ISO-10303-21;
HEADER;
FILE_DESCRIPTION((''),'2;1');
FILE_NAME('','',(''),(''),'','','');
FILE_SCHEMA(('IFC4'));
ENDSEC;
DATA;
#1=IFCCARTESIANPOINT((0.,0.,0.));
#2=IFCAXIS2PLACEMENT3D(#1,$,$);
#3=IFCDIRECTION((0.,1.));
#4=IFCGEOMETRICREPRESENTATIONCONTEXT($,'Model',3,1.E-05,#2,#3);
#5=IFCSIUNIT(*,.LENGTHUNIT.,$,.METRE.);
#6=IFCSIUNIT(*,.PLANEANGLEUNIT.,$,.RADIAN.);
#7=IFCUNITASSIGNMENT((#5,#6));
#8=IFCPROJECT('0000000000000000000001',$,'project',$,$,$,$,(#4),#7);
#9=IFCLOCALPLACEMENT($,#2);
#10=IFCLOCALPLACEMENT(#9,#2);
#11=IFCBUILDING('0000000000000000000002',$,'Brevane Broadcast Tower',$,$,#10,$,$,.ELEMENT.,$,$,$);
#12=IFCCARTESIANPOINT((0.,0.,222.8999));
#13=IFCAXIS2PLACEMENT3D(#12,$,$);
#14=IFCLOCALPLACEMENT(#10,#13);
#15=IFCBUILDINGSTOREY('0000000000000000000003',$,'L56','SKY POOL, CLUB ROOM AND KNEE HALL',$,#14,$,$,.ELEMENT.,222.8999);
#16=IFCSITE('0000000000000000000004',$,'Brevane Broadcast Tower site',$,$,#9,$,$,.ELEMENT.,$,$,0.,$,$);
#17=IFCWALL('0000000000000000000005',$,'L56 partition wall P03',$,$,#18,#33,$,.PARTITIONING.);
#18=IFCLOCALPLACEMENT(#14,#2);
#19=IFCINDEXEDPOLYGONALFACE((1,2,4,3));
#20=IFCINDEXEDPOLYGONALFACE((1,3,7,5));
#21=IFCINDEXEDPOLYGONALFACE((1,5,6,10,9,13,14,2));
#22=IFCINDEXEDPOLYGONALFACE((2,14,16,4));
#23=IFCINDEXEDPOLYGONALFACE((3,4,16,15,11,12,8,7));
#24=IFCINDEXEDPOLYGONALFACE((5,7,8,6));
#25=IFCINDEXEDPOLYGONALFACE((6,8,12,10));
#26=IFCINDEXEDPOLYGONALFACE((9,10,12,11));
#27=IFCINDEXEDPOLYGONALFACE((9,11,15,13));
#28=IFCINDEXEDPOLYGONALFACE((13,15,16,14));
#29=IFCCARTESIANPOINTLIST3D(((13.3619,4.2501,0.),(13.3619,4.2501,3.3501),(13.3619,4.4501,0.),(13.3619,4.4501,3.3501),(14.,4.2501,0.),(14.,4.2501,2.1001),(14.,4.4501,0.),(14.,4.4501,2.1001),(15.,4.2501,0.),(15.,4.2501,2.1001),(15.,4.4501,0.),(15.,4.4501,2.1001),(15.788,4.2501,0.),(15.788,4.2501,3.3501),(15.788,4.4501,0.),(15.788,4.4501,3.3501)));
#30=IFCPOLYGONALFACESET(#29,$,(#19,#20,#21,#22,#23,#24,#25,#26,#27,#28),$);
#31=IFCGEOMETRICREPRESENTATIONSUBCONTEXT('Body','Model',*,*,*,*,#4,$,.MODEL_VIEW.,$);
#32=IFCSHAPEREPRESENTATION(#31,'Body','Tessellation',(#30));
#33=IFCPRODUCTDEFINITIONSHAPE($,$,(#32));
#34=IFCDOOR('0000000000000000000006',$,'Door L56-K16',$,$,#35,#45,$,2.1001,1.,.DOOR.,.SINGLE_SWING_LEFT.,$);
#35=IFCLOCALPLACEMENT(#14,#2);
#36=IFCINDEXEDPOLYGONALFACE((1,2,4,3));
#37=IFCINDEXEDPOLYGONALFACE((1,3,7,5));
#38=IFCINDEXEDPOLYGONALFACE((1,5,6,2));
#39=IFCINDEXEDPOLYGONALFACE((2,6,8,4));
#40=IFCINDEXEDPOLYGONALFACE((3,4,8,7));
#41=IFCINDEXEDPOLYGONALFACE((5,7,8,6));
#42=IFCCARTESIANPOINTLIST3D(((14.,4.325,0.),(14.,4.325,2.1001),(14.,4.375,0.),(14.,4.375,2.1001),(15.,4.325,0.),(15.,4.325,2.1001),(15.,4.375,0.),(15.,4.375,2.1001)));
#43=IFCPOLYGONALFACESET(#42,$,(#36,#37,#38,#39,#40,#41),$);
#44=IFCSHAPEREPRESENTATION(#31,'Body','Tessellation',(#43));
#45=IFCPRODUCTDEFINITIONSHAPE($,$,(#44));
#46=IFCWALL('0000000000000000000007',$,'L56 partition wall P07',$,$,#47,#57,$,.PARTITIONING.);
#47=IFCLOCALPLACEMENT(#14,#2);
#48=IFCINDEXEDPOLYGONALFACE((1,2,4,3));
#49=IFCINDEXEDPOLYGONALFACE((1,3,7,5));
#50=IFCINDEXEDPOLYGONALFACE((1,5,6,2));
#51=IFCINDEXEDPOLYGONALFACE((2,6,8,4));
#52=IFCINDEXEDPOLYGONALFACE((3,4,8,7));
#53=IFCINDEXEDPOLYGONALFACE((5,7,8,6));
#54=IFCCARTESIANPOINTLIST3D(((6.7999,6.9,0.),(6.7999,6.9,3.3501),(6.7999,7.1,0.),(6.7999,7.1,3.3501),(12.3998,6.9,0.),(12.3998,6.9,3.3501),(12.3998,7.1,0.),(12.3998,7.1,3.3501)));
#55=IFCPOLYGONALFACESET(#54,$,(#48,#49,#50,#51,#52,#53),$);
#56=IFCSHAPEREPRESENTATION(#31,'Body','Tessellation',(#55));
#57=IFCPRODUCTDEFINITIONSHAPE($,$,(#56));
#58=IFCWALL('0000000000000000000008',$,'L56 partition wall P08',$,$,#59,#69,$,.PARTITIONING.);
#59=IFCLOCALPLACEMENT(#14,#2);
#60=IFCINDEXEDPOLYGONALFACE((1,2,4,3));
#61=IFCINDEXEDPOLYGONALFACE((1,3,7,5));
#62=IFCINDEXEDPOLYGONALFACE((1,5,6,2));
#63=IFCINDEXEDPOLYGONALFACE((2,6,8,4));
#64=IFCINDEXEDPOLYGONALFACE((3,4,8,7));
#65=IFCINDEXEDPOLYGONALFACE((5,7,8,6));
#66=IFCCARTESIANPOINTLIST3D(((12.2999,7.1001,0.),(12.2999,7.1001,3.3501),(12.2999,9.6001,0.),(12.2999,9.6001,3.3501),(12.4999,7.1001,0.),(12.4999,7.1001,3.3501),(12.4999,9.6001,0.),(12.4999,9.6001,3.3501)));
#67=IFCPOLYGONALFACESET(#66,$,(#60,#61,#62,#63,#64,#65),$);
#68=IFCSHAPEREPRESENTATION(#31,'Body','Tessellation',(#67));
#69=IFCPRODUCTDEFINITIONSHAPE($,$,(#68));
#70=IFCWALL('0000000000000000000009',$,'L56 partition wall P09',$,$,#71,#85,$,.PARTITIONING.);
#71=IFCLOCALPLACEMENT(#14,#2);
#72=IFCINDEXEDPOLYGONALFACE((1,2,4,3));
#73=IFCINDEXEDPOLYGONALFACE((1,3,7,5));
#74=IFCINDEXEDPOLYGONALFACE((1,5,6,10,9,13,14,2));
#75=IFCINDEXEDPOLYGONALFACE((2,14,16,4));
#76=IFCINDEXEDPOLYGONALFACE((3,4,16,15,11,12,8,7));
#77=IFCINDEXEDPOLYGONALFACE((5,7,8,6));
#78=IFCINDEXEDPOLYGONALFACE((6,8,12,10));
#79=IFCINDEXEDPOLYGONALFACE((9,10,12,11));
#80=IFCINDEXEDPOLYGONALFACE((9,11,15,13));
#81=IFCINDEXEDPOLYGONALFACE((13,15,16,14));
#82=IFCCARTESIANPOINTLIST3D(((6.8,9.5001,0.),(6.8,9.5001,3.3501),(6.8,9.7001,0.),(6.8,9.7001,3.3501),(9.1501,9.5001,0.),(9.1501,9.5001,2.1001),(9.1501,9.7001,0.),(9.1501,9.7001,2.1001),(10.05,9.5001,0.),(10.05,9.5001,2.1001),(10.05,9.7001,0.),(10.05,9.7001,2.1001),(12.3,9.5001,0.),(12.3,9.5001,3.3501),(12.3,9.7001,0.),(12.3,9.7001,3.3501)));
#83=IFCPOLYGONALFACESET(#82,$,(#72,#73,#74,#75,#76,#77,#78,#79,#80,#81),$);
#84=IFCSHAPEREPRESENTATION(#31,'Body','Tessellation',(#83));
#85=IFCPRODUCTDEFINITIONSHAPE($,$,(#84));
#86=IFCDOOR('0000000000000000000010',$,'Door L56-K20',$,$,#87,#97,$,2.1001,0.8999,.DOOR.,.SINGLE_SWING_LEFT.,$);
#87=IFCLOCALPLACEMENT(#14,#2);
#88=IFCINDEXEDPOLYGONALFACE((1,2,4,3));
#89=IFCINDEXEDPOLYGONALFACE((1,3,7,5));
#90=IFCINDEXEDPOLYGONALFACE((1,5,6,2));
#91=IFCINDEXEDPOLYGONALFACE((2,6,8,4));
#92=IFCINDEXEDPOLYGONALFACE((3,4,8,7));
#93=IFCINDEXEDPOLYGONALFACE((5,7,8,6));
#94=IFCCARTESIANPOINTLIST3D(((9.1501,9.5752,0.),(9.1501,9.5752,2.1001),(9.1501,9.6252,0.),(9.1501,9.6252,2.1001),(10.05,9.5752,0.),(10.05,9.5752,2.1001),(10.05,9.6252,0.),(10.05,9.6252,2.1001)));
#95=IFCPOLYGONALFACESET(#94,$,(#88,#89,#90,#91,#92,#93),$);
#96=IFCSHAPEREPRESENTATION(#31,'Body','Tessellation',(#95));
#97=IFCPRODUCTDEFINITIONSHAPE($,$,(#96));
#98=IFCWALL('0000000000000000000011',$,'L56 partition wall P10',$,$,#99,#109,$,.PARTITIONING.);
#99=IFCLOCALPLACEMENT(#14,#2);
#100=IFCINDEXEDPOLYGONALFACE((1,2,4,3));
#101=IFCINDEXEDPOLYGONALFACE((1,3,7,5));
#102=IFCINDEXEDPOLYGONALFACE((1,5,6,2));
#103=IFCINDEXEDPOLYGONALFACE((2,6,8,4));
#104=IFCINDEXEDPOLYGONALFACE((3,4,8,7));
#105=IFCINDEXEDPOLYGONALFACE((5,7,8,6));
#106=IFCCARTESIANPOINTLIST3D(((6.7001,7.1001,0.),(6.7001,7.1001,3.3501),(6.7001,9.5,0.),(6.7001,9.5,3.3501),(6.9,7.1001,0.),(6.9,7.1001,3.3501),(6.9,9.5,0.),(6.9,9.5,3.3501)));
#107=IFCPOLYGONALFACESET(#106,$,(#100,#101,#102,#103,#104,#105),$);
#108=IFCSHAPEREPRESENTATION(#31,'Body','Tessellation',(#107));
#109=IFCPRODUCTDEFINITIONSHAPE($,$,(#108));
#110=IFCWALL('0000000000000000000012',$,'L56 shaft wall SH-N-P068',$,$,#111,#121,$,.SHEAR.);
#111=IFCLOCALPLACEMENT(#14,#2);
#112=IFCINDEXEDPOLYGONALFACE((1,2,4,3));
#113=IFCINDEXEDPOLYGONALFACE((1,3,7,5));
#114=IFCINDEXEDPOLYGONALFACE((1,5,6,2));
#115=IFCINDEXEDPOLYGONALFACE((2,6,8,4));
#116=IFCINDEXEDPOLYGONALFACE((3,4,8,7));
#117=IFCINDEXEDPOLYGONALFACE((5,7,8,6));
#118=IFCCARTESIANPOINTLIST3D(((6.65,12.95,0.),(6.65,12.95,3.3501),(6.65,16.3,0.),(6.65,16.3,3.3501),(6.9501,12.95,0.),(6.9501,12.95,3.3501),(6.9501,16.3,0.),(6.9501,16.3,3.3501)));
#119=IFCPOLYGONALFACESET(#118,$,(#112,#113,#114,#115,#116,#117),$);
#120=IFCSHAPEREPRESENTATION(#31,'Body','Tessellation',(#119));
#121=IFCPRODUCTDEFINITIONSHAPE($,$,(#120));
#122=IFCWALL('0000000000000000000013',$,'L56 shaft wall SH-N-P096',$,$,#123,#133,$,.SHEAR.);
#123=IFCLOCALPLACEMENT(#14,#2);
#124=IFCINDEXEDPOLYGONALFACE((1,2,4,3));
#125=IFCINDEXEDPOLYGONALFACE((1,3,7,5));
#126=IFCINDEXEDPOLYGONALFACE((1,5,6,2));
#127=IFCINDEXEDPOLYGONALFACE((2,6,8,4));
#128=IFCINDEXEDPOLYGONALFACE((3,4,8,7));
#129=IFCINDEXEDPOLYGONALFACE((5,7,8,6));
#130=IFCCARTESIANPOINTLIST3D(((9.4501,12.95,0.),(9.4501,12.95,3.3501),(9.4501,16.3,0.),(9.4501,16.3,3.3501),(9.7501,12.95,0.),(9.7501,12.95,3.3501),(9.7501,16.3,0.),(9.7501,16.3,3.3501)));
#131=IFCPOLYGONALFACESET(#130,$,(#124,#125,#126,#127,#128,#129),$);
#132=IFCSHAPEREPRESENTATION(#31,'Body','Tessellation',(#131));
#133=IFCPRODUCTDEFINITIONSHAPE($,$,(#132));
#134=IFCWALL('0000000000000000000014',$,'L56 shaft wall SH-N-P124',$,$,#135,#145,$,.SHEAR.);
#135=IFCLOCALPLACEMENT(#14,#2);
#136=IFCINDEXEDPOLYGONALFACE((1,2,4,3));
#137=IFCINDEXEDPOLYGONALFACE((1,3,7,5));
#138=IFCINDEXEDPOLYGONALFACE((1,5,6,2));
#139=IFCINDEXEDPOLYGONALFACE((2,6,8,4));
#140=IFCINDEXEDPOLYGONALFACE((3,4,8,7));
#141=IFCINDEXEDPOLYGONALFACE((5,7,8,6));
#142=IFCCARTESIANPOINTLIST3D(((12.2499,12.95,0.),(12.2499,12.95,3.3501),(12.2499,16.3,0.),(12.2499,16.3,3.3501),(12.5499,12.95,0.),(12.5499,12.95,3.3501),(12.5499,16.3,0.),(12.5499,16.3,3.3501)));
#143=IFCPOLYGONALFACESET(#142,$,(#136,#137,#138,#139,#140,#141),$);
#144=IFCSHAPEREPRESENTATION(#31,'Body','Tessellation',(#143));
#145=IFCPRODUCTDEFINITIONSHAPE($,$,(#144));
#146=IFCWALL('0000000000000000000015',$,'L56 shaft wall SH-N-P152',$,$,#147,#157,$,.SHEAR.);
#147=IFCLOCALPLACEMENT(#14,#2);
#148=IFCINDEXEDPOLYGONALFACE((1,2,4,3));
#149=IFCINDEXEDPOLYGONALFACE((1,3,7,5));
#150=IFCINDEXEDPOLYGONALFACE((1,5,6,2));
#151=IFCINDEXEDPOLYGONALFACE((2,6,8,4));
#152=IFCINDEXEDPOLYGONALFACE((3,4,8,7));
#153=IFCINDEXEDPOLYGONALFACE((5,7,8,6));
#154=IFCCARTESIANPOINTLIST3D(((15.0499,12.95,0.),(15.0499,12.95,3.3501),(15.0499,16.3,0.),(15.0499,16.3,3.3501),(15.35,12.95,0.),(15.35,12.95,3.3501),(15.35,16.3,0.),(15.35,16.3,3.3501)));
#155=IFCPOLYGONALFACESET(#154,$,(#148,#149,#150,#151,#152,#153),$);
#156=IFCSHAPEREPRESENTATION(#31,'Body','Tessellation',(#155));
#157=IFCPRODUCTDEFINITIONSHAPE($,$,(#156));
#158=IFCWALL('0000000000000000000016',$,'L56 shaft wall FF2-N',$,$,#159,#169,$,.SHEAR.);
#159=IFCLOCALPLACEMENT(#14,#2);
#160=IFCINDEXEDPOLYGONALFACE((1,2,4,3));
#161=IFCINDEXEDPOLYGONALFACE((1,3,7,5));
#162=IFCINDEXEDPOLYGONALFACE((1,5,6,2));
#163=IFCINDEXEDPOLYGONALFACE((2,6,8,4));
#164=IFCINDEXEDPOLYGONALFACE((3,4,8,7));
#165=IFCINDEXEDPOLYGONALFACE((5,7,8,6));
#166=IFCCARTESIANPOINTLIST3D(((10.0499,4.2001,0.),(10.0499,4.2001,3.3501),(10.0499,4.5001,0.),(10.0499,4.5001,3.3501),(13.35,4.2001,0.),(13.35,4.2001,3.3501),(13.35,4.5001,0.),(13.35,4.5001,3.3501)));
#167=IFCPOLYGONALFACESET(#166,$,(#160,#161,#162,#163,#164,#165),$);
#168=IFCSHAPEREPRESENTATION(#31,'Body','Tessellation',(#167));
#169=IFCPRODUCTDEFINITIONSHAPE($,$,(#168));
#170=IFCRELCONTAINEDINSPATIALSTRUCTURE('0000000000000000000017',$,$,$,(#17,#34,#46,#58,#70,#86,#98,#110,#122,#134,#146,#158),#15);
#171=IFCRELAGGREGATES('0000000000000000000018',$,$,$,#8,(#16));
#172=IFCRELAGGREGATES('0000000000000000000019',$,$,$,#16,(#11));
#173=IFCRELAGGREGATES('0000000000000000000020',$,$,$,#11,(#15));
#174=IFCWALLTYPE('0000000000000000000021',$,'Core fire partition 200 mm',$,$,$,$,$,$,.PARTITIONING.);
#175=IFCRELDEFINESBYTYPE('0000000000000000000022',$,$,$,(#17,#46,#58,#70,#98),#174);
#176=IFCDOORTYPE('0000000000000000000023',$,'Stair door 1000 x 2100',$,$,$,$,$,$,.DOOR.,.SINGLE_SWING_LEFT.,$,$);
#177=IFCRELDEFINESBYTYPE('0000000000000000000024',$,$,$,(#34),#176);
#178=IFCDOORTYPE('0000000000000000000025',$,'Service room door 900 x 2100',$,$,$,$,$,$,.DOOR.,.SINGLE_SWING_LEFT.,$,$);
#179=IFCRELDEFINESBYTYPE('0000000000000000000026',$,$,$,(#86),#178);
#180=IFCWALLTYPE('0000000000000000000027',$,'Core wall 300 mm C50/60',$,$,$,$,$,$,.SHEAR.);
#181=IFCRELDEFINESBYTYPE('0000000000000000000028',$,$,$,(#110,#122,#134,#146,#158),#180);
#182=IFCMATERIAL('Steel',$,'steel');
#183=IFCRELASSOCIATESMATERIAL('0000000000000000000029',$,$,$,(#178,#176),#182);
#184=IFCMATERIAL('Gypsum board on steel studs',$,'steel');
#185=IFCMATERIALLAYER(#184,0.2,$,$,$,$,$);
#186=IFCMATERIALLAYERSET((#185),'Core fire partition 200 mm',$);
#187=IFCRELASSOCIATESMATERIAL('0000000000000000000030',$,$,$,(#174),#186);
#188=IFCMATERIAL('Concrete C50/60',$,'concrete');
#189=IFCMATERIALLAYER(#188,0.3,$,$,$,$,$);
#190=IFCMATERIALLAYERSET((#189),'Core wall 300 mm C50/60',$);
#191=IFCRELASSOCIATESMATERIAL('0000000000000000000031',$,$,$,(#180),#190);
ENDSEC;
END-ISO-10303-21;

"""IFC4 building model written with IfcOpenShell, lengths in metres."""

from ifc_helpers import new_model, si_unit, direction, frame, frame_2d, origin, place, context, subcontext, project, spatial, rectangle, extrude, material, layer, layer_set, type_object, element, fill, save


model = new_model("IFC4")

# Units and contexts
model_context = context("Model", 3, precision=1e-05, world=origin(), true_north=direction((0.0, 1.0)))
body_context = subcontext(model_context, "Body", "Model", "MODEL_VIEW")
ifc_project = project(units=[si_unit("LENGTHUNIT", "METRE"), si_unit("PLANEANGLEUNIT", "RADIAN")], contexts=[model_context])

# Site, building, storey
site_placement = place(None, origin())
site = spatial("IfcSite", under=ifc_project, at=site_placement, Name="Brevane Broadcast Tower site", CompositionType="ELEMENT", RefElevation=0.0)
building_placement = place(site_placement, origin())
building = spatial("IfcBuilding", under=site, at=building_placement, Name="Brevane Broadcast Tower", CompositionType="ELEMENT")
storey_placement = place(building_placement, frame((0.0, 0.0, 222.8999)))
storey = spatial("IfcBuildingStorey", under=building, at=storey_placement, Name="L56", Description="SKY POOL, CLUB ROOM AND KNEE HALL", CompositionType="ELEMENT", Elevation=222.8999)

# Shared definitions
ifc_material_1 = material(Name="Gypsum board on steel studs", Category="steel")

# Shared definitions
ifc_material_2 = material(Name="Steel", Category="steel")
door_type_1 = type_object("IfcDoorType", Name="Service room door 900 x 2100", OperationType="SINGLE_SWING_LEFT", PredefinedType="DOOR", material=ifc_material_2)

# Wall, opening, door
ifc_layer_1 = layer(ifc_material_1, 0.2)
ifc_layer_set_1 = layer_set([ifc_layer_1], Name="Core fire partition 200 mm")
wall_type_1 = type_object("IfcWallType", Name="Core fire partition 200 mm", PredefinedType="PARTITIONING", material=ifc_layer_set_1)
wall_1_placement = place(storey_placement, frame((13.3621, 4.3501, 0.0), z_axis=(0.0, 0.0, 1.0), x_axis=(1.0, 0.0, 0.0)))
wall_1 = element("IfcWall", 1, at=wall_1_placement, inside=storey, type_object=wall_type_1, Name="L56 partition wall P03", PredefinedType="PARTITIONING", context=body_context, shape_type="SweptSolid", body=[
    extrude(rectangle(XDim=2.426, YDim=0.2, at=frame_2d((1.2129, 0.0))), origin(), (0.0, 0.0, 1.0), 3.3501),
])
opening_1_placement = place(wall_1_placement, frame((0.6379, 0.0, 0.0)))
opening_1 = element("IfcOpeningElement", 2, at=opening_1_placement, cuts=wall_1, PredefinedType="OPENING", context=body_context, shape_type="SweptSolid", body=[
    extrude(rectangle(XDim=1.0, YDim=2.1001, at=frame_2d((0.5, 1.05))), frame((0.0, 0.1099, 0.0), z_axis=(0.0, -1.0, 0.0), x_axis=(1.0, 0.0, 0.0)), (0.0, 0.0, 1.0), 0.22),
])
door_type_2 = type_object("IfcDoorType", Name="Stair door 1000 x 2100", OperationType="SINGLE_SWING_LEFT", PredefinedType="DOOR", material=ifc_material_2)
door_1_placement = place(opening_1_placement, origin())
door_1 = element("IfcDoor", 3, at=door_1_placement, inside=storey, type_object=door_type_2, Name="Door L56-K16", OperationType="SINGLE_SWING_LEFT", OverallHeight=2.1001, OverallWidth=1.0, PredefinedType="DOOR", context=body_context, shape_type="SweptSolid", body=[
    extrude(rectangle(XDim=1.0, YDim=2.1001, at=frame_2d((0.5, 1.05))), frame((0.0, 0.0249, 0.0), z_axis=(0.0, -1.0, 0.0), x_axis=(1.0, 0.0, 0.0)), (0.0, 0.0, 1.0), 0.05),
])
fill(opening_1, door_1)

# Walls
wall_2_placement = place(storey_placement, frame((6.8, 7.0, 0.0), z_axis=(0.0, 0.0, 1.0), x_axis=(1.0, 0.0, 0.0)))
element("IfcWall", 4, at=wall_2_placement, inside=storey, type_object=wall_type_1, Name="L56 partition wall P07", PredefinedType="PARTITIONING", context=body_context, shape_type="SweptSolid", body=[
    extrude(rectangle(XDim=5.5999, YDim=0.2, at=frame_2d((2.7998, 0.0))), origin(), (0.0, 0.0, 1.0), 3.3501),
])
wall_3_placement = place(storey_placement, frame((12.3999, 7.1001, 0.0), z_axis=(0.0, 0.0, 1.0), x_axis=(0.0, 1.0, 0.0)))
element("IfcWall", 5, at=wall_3_placement, inside=storey, type_object=wall_type_1, Name="L56 partition wall P08", PredefinedType="PARTITIONING", context=body_context, shape_type="SweptSolid", body=[
    extrude(rectangle(XDim=2.5, YDim=0.2, at=frame_2d((1.25, 0.0))), origin(), (0.0, 0.0, 1.0), 3.3501),
])

# Wall, opening, door
wall_4_placement = place(storey_placement, frame((12.3, 9.6001, 0.0), z_axis=(0.0, 0.0, 1.0), x_axis=(-1.0, 0.0, 0.0)))
wall_4 = element("IfcWall", 6, at=wall_4_placement, inside=storey, type_object=wall_type_1, Name="L56 partition wall P09", PredefinedType="PARTITIONING", context=body_context, shape_type="SweptSolid", body=[
    extrude(rectangle(XDim=5.5, YDim=0.2, at=frame_2d((2.75, 0.0))), origin(), (0.0, 0.0, 1.0), 3.3501),
])
opening_2_placement = place(wall_4_placement, frame((2.25, 0.0, 0.0)))
opening_2 = element("IfcOpeningElement", 7, at=opening_2_placement, cuts=wall_4, PredefinedType="OPENING", context=body_context, shape_type="SweptSolid", body=[
    extrude(rectangle(XDim=0.8999, YDim=2.1001, at=frame_2d((0.45, 1.05))), frame((0.0, 0.1099, 0.0), z_axis=(0.0, -1.0, 0.0), x_axis=(1.0, 0.0, 0.0)), (0.0, 0.0, 1.0), 0.22),
])
door_2_placement = place(opening_2_placement, origin())
door_2 = element("IfcDoor", 8, at=door_2_placement, inside=storey, type_object=door_type_1, Name="Door L56-K20", OperationType="SINGLE_SWING_LEFT", OverallHeight=2.1001, OverallWidth=0.8999, PredefinedType="DOOR", context=body_context, shape_type="SweptSolid", body=[
    extrude(rectangle(XDim=0.8999, YDim=2.1001, at=frame_2d((0.45, 1.05))), frame((0.0, 0.0249, 0.0), z_axis=(0.0, -1.0, 0.0), x_axis=(1.0, 0.0, 0.0)), (0.0, 0.0, 1.0), 0.05),
])
fill(opening_2, door_2)

# Walls
wall_5_placement = place(storey_placement, frame((6.8, 9.5, 0.0), z_axis=(0.0, 0.0, 1.0), x_axis=(0.0, -1.0, 0.0)))
element("IfcWall", 9, at=wall_5_placement, inside=storey, type_object=wall_type_1, Name="L56 partition wall P10", PredefinedType="PARTITIONING", context=body_context, shape_type="SweptSolid", body=[
    extrude(rectangle(XDim=2.3999, YDim=0.2, at=frame_2d((1.2, 0.0))), origin(), (0.0, 0.0, 1.0), 3.3501),
])
ifc_material_3 = material(Name="Concrete C50/60", Category="concrete")
ifc_layer_2 = layer(ifc_material_3, 0.3)
ifc_layer_set_2 = layer_set([ifc_layer_2], Name="Core wall 300 mm C50/60")
wall_type_2 = type_object("IfcWallType", Name="Core wall 300 mm C50/60", PredefinedType="SHEAR", material=ifc_layer_set_2)
for number, where, z_axis, x_axis, name in (
    (10, (6.8, 12.95, 0.0), (0.0, 0.0, 1.0), (0.0, 1.0, 0.0), "L56 shaft wall SH-N-P068"),
    (11, (9.6001, 12.95, 0.0), (0.0, 0.0, 1.0), (0.0, 1.0, 0.0), "L56 shaft wall SH-N-P096"),
    (12, (12.3999, 12.95, 0.0), (0.0, 0.0, 1.0), (0.0, 1.0, 0.0), "L56 shaft wall SH-N-P124"),
    (13, (15.2, 12.95, 0.0), (0.0, 0.0, 1.0), (0.0, 1.0, 0.0), "L56 shaft wall SH-N-P152"),
):
    element("IfcWall", number, at=place(storey_placement, frame(where, z_axis=z_axis, x_axis=x_axis)), inside=storey, type_object=wall_type_2, Name=name, PredefinedType="SHEAR", context=body_context, shape_type="SweptSolid", body=[
        extrude(rectangle(XDim=3.3501, YDim=0.3, at=frame_2d((1.675, 0.0))), origin(), (0.0, 0.0, 1.0), 3.3501),
    ])
wall_6_placement = place(storey_placement, frame((10.05, 4.3501, 0.0), z_axis=(0.0, 0.0, 1.0), x_axis=(1.0, 0.0, 0.0)))
element("IfcWall", 14, at=wall_6_placement, inside=storey, type_object=wall_type_2, Name="L56 shaft wall FF2-N", PredefinedType="SHEAR", context=body_context, shape_type="SweptSolid", body=[
    extrude(rectangle(XDim=3.3, YDim=0.3, at=frame_2d((1.6499, 0.0))), origin(), (0.0, 0.0, 1.0), 3.3501),
])

save(model, "model.ifc")
